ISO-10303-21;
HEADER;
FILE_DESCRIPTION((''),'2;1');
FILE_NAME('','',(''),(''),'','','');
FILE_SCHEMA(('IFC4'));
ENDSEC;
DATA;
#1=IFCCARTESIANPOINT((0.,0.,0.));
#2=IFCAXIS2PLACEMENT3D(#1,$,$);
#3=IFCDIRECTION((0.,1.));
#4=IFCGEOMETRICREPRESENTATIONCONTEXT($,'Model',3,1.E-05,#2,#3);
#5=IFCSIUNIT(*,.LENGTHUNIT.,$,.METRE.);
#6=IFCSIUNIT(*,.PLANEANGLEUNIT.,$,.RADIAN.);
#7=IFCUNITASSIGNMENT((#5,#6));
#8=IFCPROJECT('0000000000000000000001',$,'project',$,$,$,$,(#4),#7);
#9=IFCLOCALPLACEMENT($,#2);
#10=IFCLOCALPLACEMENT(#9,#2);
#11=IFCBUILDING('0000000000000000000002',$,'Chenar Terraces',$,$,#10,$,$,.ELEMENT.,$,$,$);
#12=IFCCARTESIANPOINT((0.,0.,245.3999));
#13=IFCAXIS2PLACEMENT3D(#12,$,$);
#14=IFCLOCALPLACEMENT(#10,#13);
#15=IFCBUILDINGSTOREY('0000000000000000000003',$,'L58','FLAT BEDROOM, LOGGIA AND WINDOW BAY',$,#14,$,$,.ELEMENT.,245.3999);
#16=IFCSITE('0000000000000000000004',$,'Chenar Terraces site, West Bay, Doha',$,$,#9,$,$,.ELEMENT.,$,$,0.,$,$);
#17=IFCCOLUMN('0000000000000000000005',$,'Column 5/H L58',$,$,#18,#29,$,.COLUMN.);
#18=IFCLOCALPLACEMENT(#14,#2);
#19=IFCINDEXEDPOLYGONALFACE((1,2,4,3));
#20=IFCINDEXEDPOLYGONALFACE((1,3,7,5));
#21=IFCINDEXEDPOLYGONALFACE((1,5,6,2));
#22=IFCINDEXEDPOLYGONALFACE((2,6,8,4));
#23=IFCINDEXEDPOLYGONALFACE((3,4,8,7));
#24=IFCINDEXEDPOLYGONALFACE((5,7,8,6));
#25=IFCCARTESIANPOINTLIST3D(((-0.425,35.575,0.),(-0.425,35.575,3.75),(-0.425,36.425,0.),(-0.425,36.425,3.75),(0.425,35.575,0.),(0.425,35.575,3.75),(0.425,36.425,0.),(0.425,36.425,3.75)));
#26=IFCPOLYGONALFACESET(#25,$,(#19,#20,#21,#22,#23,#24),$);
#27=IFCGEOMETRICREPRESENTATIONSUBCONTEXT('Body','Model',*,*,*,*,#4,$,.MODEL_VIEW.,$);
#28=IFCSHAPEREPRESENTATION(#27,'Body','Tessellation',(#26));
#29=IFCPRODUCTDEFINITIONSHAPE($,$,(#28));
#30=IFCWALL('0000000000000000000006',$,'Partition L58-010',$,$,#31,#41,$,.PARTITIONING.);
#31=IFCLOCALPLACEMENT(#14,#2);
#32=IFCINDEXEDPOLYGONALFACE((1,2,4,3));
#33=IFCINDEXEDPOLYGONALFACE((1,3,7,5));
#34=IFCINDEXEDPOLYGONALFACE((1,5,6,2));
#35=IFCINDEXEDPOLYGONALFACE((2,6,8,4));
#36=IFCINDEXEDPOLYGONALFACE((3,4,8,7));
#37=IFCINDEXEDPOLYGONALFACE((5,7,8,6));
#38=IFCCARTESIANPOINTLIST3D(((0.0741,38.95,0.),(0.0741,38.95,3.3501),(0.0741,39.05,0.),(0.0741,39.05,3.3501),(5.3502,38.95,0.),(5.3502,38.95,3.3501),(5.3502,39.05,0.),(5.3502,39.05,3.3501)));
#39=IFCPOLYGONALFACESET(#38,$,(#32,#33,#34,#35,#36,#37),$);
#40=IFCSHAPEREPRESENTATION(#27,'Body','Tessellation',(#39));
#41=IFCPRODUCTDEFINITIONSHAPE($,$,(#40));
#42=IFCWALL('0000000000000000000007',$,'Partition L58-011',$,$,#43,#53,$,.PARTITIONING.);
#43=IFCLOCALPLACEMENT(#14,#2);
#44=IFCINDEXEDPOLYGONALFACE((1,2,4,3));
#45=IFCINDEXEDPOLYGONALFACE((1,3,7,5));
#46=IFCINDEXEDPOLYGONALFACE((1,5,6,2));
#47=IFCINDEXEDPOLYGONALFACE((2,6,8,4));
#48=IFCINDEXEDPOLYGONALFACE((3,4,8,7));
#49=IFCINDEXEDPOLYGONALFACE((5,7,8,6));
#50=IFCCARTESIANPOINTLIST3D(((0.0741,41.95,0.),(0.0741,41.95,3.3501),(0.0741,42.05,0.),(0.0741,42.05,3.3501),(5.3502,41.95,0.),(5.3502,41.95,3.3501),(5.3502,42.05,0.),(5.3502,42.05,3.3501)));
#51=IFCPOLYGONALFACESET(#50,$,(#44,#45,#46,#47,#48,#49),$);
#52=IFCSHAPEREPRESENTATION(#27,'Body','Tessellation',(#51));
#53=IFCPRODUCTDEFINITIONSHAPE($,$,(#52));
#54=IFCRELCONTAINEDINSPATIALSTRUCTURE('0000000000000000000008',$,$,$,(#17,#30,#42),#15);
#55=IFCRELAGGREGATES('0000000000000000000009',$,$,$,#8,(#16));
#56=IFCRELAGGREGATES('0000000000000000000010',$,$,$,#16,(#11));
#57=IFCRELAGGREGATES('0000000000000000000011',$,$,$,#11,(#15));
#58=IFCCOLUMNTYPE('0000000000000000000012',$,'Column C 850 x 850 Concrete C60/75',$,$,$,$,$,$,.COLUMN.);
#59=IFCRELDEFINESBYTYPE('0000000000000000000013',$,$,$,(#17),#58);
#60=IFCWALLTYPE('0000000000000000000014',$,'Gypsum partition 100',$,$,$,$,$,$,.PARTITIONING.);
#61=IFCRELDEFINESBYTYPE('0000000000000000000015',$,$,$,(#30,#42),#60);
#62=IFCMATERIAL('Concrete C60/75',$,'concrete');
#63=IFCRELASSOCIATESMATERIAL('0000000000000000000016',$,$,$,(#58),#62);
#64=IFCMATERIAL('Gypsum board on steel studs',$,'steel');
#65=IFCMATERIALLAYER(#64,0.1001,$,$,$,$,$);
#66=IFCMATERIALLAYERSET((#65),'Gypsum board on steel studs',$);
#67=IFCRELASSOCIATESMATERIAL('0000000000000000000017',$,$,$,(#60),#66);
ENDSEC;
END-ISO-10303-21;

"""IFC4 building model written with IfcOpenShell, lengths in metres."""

from ifc_helpers import new_model, si_unit, direction, frame, frame_2d, origin, origin_2d, place, context, subcontext, project, spatial, rectangle, extrude, material, layer, layer_set, material_profile, profile_set, type_object, element, save


model = new_model("IFC4")

# Units and contexts
model_context = context("Model", 3, precision=1e-05, world=origin(), true_north=direction((0.0, 1.0)))
body_context = subcontext(model_context, "Body", "Model", "MODEL_VIEW")
ifc_project = project(units=[si_unit("LENGTHUNIT", "METRE"), si_unit("PLANEANGLEUNIT", "RADIAN")], contexts=[model_context])

# Site, building, storey
site_placement = place(None, origin())
site = spatial("IfcSite", under=ifc_project, at=site_placement, Name="Chenar Terraces site, West Bay, Doha", CompositionType="ELEMENT", RefElevation=0.0)
building_placement = place(site_placement, origin())
building = spatial("IfcBuilding", under=site, at=building_placement, Name="Chenar Terraces", CompositionType="ELEMENT")
storey_placement = place(building_placement, frame((0.0, 0.0, 245.3999)))
storey = spatial("IfcBuildingStorey", under=building, at=storey_placement, Name="L58", Description="FLAT BEDROOM, LOGGIA AND WINDOW BAY", CompositionType="ELEMENT", Elevation=245.3999)

# Column
ifc_material_1 = material(Name="Concrete C60/75", Category="concrete")
ifc_material_profile = material_profile(ifc_material_1, rectangle(XDim=0.8501, YDim=0.8501, at=origin_2d()), Name="C 850 x 850")
ifc_profile_set = profile_set([ifc_material_profile], Name="Concrete C60/75")
column_type = type_object("IfcColumnType", Name="Column C 850 x 850 Concrete C60/75", PredefinedType="COLUMN", material=ifc_profile_set)
placement = place(storey_placement, frame((0.0, 36.0, 0.0), z_axis=(0.0, 0.0, 1.0), x_axis=(1.0, 0.0, 0.0)))
element("IfcColumn", 1, at=placement, inside=storey, type_object=column_type, Name="Column 5/H L58", PredefinedType="COLUMN", context=body_context, shape_type="SweptSolid", body=[
    extrude(rectangle(XDim=0.8501, YDim=0.8501, at=origin_2d()), origin(), (0.0, 0.0, 1.0), 3.75),
])

# Walls
ifc_material_2 = material(Name="Gypsum board on steel studs", Category="steel")
ifc_layer_1 = layer(ifc_material_2, 0.1001)
ifc_layer_set_1 = layer_set([ifc_layer_1], Name="Gypsum board on steel studs")
wall_type_1 = type_object("IfcWallType", Name="Gypsum partition 100", PredefinedType="PARTITIONING", material=ifc_layer_set_1)
for number, where, z_axis, x_axis, name in (
    (2, (0.074, 39.0, 0.0), (0.0, 0.0, 1.0), (1.0, 0.0, 0.0), "Partition L58-010"),
    (3, (0.074, 42.0, 0.0), (0.0, 0.0, 1.0), (1.0, 0.0, 0.0), "Partition L58-011"),
):
    element("IfcWall", number, at=place(storey_placement, frame(where, z_axis=z_axis, x_axis=x_axis)), inside=storey, type_object=wall_type_1, Name=name, PredefinedType="PARTITIONING", context=body_context, shape_type="SweptSolid", body=[
        extrude(rectangle(XDim=5.2761, YDim=0.1001, at=frame_2d((2.6382, 0.0))), origin(), (0.0, 0.0, 1.0), 3.3501),
    ])

save(model, "model.ifc")
